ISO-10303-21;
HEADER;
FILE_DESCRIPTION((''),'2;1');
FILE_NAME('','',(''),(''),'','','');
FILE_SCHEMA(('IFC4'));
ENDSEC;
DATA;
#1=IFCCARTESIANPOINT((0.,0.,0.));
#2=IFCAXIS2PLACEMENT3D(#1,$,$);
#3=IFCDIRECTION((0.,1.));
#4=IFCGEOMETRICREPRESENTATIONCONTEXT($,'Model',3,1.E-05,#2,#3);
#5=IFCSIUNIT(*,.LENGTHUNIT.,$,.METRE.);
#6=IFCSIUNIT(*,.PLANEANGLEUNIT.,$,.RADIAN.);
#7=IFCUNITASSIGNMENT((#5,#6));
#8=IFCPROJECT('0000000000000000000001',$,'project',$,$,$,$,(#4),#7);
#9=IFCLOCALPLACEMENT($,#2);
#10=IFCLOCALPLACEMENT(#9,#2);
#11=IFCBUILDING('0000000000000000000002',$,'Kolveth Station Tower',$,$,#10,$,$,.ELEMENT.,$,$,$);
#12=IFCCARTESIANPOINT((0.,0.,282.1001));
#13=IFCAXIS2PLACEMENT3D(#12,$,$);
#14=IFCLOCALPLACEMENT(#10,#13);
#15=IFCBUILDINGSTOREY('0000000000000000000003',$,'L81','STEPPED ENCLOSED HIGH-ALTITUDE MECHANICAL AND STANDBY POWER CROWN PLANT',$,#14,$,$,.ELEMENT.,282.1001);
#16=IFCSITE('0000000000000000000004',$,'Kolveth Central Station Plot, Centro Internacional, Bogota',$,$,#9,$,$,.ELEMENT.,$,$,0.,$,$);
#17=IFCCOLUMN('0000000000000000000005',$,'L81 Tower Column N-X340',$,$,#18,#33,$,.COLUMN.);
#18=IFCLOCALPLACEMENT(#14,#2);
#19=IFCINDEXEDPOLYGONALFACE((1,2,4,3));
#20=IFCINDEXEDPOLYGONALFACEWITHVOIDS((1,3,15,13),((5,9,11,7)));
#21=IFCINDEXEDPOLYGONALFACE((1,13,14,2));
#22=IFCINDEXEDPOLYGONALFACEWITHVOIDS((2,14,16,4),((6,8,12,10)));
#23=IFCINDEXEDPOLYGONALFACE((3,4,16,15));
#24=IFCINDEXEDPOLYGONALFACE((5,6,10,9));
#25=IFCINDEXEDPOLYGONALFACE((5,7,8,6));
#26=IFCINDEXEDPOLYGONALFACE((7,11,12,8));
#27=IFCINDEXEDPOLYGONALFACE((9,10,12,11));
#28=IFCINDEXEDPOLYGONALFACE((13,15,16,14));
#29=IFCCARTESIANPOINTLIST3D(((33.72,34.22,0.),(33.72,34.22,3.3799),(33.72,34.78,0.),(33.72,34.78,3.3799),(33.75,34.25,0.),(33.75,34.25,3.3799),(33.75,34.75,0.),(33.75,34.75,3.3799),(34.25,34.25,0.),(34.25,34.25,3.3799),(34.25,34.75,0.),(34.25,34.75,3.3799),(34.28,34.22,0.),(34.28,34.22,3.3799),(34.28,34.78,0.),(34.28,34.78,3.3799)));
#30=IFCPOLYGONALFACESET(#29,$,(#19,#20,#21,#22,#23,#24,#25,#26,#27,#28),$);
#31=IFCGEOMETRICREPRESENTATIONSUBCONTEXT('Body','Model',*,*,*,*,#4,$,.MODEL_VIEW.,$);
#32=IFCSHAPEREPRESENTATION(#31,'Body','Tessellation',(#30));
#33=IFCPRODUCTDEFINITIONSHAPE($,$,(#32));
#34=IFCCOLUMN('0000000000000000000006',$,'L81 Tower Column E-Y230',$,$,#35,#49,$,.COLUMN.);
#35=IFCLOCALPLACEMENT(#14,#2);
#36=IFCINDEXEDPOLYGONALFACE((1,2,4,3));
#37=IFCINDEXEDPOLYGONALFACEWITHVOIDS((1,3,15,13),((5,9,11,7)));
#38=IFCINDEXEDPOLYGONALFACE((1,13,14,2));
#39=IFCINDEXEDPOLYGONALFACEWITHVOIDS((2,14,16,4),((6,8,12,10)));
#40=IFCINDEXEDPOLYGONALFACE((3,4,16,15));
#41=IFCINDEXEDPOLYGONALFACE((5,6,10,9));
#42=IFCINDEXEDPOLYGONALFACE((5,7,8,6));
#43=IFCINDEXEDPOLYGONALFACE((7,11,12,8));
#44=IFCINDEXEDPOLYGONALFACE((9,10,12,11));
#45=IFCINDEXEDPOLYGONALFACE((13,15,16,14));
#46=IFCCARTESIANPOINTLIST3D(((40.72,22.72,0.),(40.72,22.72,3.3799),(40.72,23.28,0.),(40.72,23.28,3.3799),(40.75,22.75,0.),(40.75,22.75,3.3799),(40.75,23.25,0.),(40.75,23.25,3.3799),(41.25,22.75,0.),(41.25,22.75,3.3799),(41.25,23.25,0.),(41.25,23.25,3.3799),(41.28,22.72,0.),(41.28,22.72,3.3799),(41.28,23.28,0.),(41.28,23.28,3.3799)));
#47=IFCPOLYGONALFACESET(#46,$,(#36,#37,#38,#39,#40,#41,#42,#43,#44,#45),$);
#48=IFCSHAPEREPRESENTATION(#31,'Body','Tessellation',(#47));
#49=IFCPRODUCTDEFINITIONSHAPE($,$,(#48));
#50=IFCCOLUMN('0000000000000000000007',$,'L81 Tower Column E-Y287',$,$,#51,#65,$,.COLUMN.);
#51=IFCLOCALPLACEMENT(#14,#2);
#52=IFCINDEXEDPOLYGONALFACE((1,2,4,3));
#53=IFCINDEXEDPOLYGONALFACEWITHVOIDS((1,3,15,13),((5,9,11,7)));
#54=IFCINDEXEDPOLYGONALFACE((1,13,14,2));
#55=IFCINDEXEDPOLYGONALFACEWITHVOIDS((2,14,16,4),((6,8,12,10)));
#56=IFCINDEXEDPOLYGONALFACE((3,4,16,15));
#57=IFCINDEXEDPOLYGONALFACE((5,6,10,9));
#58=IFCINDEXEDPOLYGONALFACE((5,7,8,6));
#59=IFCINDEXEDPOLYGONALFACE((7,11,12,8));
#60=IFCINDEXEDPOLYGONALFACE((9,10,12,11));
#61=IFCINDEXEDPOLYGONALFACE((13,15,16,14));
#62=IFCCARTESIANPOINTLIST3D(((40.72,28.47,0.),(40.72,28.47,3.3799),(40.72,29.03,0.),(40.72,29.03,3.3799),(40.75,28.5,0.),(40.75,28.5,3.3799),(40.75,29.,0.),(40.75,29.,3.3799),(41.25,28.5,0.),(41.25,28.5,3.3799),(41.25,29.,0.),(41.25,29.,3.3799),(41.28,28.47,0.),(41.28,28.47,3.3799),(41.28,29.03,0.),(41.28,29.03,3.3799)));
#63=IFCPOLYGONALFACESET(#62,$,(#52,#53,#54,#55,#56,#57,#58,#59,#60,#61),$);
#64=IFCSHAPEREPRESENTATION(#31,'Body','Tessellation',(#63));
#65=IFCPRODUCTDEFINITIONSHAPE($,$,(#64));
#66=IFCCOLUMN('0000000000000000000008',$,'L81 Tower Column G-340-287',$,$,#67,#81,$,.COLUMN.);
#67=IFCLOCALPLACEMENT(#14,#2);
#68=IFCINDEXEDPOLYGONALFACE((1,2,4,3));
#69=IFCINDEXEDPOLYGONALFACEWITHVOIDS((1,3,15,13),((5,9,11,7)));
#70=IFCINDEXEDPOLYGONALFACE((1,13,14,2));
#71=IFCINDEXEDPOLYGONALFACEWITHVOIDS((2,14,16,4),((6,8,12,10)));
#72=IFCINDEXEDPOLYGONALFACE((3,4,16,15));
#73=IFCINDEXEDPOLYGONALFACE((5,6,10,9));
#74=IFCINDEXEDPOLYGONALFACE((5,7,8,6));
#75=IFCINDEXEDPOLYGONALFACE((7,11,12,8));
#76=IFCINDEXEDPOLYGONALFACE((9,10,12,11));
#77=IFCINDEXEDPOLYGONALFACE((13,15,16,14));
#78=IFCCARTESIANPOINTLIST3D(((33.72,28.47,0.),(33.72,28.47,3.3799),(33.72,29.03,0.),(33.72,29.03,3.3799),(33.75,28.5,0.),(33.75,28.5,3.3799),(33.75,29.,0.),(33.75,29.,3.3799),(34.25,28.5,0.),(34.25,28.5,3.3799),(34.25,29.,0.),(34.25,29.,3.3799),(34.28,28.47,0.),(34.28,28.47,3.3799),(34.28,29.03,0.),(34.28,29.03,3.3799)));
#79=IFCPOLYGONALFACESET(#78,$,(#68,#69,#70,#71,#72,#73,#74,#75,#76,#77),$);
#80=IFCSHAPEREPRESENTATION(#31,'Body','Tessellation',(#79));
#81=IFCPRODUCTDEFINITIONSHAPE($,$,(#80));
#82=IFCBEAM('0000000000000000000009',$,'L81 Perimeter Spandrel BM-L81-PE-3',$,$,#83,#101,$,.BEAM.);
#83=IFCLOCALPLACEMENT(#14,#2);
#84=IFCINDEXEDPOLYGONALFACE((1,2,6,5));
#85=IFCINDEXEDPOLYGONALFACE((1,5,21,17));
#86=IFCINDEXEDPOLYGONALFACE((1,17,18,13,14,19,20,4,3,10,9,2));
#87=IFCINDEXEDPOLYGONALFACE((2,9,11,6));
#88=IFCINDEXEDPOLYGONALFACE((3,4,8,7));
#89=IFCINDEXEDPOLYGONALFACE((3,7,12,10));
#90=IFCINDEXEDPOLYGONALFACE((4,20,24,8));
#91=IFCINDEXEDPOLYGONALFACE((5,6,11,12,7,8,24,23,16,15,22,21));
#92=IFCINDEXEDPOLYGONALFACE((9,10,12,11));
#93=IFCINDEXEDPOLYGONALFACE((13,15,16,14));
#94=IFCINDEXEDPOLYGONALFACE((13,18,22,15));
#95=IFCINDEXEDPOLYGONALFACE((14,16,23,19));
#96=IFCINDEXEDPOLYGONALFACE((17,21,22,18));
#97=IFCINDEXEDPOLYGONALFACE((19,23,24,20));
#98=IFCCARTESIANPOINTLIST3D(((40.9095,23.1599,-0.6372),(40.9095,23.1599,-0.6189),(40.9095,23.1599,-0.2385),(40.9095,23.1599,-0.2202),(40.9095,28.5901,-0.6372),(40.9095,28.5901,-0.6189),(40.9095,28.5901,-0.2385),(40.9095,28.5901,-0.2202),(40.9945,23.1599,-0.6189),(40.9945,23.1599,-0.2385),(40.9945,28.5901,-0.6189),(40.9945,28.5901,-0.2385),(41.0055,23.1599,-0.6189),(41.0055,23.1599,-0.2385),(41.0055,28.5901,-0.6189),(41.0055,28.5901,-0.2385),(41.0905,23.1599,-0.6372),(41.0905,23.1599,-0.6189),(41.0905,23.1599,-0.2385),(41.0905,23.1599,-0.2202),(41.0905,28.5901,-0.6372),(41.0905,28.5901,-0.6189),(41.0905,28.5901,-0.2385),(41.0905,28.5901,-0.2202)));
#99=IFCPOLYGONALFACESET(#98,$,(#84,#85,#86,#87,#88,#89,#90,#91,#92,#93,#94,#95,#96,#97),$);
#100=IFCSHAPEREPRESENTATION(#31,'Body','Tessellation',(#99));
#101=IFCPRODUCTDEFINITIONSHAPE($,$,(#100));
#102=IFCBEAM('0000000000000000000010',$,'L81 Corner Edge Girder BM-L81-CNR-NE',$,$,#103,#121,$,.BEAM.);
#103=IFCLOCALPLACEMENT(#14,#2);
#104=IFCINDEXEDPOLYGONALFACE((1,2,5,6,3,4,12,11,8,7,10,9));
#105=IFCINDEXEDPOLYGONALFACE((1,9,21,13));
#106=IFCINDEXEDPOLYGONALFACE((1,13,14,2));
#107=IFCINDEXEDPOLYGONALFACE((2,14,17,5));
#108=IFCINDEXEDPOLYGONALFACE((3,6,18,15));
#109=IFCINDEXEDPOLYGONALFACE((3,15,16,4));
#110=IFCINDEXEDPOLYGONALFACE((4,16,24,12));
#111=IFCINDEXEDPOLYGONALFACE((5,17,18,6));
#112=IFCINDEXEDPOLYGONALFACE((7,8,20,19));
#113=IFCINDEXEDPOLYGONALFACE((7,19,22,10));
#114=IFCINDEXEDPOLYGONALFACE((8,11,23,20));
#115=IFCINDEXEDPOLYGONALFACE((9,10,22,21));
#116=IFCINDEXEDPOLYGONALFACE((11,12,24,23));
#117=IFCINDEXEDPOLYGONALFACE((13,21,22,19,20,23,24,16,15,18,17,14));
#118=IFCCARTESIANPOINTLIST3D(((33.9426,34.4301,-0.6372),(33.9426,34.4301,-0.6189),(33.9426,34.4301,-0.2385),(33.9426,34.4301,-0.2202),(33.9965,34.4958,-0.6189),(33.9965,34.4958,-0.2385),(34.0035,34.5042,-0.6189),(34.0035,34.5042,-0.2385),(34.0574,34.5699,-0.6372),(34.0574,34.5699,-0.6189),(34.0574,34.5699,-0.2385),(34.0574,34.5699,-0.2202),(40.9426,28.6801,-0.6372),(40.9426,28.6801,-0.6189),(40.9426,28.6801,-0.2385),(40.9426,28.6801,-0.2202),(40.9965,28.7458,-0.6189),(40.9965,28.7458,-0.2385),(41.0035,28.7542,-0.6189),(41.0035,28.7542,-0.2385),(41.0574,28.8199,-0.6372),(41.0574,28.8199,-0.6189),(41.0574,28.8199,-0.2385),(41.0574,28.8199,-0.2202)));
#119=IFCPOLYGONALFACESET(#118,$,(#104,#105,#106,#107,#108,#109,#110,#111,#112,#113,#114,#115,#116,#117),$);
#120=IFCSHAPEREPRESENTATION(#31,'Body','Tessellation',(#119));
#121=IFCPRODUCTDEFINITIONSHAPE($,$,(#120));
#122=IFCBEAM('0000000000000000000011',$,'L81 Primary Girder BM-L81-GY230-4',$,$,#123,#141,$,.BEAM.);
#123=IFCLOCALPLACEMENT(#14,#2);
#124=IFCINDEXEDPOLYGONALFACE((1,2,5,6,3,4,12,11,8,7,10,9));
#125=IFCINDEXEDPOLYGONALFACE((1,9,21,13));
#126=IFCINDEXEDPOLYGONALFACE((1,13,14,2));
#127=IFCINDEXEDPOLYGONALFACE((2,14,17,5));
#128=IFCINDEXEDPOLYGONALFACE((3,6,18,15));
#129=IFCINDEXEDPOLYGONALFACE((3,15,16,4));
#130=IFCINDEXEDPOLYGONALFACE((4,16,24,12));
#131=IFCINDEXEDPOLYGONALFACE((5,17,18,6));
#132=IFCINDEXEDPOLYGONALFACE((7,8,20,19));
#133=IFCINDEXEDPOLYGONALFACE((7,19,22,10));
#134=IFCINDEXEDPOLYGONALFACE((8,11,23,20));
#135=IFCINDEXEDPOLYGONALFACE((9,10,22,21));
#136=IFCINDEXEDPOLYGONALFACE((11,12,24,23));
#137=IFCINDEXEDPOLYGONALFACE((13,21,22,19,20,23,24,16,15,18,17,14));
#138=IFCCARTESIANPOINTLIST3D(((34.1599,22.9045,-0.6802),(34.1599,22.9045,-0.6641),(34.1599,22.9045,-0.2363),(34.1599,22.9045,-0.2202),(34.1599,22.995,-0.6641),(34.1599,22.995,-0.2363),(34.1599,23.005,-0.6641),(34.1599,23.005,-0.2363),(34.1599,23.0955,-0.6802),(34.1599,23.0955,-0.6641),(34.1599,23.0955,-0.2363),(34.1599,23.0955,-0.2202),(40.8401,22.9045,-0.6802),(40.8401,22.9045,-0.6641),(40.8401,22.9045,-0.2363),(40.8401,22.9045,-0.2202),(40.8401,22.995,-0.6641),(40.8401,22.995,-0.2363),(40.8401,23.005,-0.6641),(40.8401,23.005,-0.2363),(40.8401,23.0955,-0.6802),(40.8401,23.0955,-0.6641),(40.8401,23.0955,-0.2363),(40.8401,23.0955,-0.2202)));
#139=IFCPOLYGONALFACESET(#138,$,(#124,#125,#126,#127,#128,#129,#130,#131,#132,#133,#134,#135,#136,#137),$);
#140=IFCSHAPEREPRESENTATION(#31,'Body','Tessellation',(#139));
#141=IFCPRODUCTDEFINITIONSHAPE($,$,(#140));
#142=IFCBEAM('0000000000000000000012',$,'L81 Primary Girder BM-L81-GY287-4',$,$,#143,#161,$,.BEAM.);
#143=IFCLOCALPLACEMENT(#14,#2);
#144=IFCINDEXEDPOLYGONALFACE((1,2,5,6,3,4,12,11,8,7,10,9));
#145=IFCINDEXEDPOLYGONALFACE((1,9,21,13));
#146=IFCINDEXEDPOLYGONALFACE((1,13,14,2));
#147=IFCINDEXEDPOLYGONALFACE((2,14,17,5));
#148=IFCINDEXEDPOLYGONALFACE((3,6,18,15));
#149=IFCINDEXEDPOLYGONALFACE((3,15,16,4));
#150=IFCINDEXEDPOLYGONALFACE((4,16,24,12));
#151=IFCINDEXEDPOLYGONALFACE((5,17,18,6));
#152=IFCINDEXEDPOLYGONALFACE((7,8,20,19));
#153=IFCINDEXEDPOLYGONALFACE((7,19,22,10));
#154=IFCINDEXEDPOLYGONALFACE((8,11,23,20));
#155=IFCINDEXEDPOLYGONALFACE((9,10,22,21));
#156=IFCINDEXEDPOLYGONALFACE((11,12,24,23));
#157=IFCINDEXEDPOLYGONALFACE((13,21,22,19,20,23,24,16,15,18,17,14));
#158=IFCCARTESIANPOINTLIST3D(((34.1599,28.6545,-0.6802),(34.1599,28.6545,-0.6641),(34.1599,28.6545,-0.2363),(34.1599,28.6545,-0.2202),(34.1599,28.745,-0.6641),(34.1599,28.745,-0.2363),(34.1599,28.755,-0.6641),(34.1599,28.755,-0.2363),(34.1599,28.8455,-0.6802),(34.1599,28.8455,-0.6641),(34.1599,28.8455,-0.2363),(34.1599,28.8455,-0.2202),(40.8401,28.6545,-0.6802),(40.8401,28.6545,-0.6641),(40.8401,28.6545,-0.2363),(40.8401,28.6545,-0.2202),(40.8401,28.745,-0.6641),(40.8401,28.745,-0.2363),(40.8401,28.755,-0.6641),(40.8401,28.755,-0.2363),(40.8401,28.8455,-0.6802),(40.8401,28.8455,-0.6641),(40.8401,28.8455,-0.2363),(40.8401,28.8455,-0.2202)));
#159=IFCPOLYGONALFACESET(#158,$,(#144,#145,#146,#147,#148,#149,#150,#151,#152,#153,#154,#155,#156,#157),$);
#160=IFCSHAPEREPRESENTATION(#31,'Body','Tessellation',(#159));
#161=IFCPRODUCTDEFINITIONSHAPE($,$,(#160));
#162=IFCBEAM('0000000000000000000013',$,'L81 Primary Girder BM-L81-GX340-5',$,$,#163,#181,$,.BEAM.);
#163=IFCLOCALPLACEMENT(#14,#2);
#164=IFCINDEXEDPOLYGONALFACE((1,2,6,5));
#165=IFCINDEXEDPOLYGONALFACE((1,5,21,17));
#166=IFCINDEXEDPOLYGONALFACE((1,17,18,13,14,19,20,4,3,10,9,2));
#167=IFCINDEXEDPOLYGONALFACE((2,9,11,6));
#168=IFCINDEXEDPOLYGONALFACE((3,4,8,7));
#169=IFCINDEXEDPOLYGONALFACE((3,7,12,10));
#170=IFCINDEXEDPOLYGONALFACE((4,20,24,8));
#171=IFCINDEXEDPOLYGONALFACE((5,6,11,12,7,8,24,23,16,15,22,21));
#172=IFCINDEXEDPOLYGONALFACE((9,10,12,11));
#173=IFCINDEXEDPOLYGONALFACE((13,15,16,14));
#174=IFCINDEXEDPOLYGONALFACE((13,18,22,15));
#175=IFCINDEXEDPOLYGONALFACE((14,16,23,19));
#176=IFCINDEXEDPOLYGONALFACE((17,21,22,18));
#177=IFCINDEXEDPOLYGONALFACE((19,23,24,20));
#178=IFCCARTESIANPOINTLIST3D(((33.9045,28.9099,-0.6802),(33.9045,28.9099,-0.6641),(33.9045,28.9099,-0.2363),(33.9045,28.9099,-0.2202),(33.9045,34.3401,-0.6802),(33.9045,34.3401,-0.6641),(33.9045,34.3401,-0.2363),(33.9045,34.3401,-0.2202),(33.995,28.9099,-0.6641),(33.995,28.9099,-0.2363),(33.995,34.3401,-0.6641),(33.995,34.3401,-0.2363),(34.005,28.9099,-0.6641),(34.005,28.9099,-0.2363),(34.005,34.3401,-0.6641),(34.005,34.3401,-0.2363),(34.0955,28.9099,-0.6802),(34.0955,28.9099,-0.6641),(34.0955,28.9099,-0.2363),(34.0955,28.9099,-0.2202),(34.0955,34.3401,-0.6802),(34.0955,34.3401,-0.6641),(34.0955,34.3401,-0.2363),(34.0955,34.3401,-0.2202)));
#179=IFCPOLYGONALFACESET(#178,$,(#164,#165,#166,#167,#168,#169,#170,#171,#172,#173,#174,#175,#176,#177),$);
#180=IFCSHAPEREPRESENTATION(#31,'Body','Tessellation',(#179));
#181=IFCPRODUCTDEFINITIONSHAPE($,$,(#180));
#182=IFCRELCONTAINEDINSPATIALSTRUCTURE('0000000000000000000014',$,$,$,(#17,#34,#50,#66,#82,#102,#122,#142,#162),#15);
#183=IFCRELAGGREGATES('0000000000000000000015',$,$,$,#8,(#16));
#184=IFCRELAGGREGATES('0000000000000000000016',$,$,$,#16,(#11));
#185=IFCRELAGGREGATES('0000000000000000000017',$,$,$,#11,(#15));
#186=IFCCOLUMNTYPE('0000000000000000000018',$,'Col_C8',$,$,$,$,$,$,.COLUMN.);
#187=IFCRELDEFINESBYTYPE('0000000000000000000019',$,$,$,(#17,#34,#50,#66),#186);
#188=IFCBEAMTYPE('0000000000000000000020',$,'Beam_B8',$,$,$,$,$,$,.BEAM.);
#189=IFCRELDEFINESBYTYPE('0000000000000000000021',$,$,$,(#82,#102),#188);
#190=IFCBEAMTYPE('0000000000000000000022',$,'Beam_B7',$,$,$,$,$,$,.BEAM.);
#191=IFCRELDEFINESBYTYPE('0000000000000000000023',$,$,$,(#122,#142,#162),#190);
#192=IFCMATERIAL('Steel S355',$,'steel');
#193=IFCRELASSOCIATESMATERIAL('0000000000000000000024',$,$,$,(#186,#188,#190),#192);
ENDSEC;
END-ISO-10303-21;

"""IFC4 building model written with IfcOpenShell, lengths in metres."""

from ifc_helpers import new_model, si_unit, direction, frame, origin, origin_2d, place, context, subcontext, project, spatial, hollow_rectangle, i_section, extrude, source, transform, mapped, material, material_profile, profile_set, type_object, element, save


model = new_model("IFC4")

# Units and contexts
model_context = context("Model", 3, precision=1e-05, world=origin(), true_north=direction((0.0, 1.0)))
body_context = subcontext(model_context, "Body", "Model", "MODEL_VIEW")
ifc_project = project(units=[si_unit("LENGTHUNIT", "METRE"), si_unit("PLANEANGLEUNIT", "RADIAN")], contexts=[model_context])

# Site, building, storey
site_placement = place(None, origin())
site = spatial("IfcSite", under=ifc_project, at=site_placement, Name="Kolveth Central Station Plot, Centro Internacional, Bogota", CompositionType="ELEMENT", RefElevation=0.0)
building_placement = place(site_placement, origin())
building = spatial("IfcBuilding", under=site, at=building_placement, Name="Kolveth Station Tower", CompositionType="ELEMENT")
storey_placement = place(building_placement, frame((0.0, 0.0, 282.1001)))
storey = spatial("IfcBuildingStorey", under=building, at=storey_placement, Name="L81", Description="STEPPED ENCLOSED HIGH-ALTITUDE MECHANICAL AND STANDBY POWER CROWN PLANT", CompositionType="ELEMENT", Elevation=282.1001)

# Columns
ifc_material_1 = material(Name="Steel S355", Category="steel")
ifc_material_profile_1 = material_profile(ifc_material_1, hollow_rectangle(XDim=0.5601, YDim=0.5601, WallThickness=0.03, at=origin_2d()), Name="BOX560x560x30")
ifc_profile_set_1 = profile_set([ifc_material_profile_1], Name="Steel S355")
column_type = type_object("IfcColumnType", Name="Col_C8", PredefinedType="COLUMN", material=ifc_profile_set_1)
shared_shape_1 = source(origin(), body_context, "Body", "SweptSolid", [
    extrude(hollow_rectangle(XDim=0.5601, YDim=0.5601, WallThickness=0.03, at=origin_2d()), origin(), (0.0, 0.0, 1.0), 3.3799),
])
for number, where, z_axis, x_axis, name in (
    (1, (34.0, 34.5, 0.0), (0.0, 0.0, 1.0), (1.0, 0.0, 0.0), "L81 Tower Column N-X340"),
    (2, (41.0, 23.0, 0.0), (0.0, 0.0, 1.0), (1.0, 0.0, 0.0), "L81 Tower Column E-Y230"),
    (3, (41.0, 28.75, 0.0), (0.0, 0.0, 1.0), (1.0, 0.0, 0.0), "L81 Tower Column E-Y287"),
    (4, (34.0, 28.75, 0.0), (0.0, 0.0, 1.0), (1.0, 0.0, 0.0), "L81 Tower Column G-340-287"),
):
    element("IfcColumn", number, at=place(storey_placement, frame(where, z_axis=z_axis, x_axis=x_axis)), inside=storey, type_object=column_type, Name=name, PredefinedType="COLUMN", context=body_context, shape_type="MappedRepresentation", body=[
        mapped(shared_shape_1, transform((0.0, 0.0, 0.0), x_axis=(1.0, 0.0, 0.0), y_axis=(0.0, 1.0, 0.0), z_axis=(0.0, 0.0, 1.0), scale=1.0)),
    ])

# Beams
ifc_material_profile_2 = material_profile(ifc_material_1, i_section(OverallWidth=0.1809, OverallDepth=0.417, WebThickness=0.011, FlangeThickness=0.0183, at=origin_2d()), Name="W410x85")
ifc_profile_set_2 = profile_set([ifc_material_profile_2], Name="Steel S355")
beam_type_1 = type_object("IfcBeamType", Name="Beam_B8", PredefinedType="BEAM", material=ifc_profile_set_2)
shared_shape_2 = source(origin(), body_context, "Body", "SweptSolid", [
    extrude(i_section(OverallWidth=0.1809, OverallDepth=0.417, WebThickness=0.011, FlangeThickness=0.0183, at=origin_2d()), origin(), (0.0, 0.0, 1.0), 5.4302),
])
beam_1_placement = place(storey_placement, frame((41.0, 23.1599, -0.4287), z_axis=(0.0, 1.0, 0.0), x_axis=(-1.0, 0.0, 0.0)))
element("IfcBeam", 5, at=beam_1_placement, inside=storey, type_object=beam_type_1, Name="L81 Perimeter Spandrel BM-L81-PE-3", PredefinedType="BEAM", context=body_context, shape_type="MappedRepresentation", body=[
    mapped(shared_shape_2, transform((0.0, 0.0, 0.0), x_axis=(1.0, 0.0, 0.0), y_axis=(0.0, 1.0, 0.0), z_axis=(0.0, 0.0, 1.0), scale=1.0)),
])
shared_shape_3 = source(origin(), body_context, "Body", "SweptSolid", [
    extrude(i_section(OverallWidth=0.1809, OverallDepth=0.417, WebThickness=0.011, FlangeThickness=0.0183, at=origin_2d()), origin(), (0.0, 0.0, 1.0), 9.0588),
])
beam_2_placement = place(storey_placement, frame((41.0, 28.75, -0.4287), z_axis=(-0.772726, 0.634739, 0.0), x_axis=(-0.634739, -0.772726, 0.0)))
element("IfcBeam", 6, at=beam_2_placement, inside=storey, type_object=beam_type_1, Name="L81 Corner Edge Girder BM-L81-CNR-NE", PredefinedType="BEAM", context=body_context, shape_type="MappedRepresentation", body=[
    mapped(shared_shape_3, transform((0.0, 0.0, 0.0), x_axis=(1.0, 0.0, 0.0), y_axis=(0.0, 1.0, 0.0), z_axis=(0.0, 0.0, 1.0), scale=1.0)),
])
ifc_material_profile_3 = material_profile(ifc_material_1, i_section(OverallWidth=0.1909, OverallDepth=0.46, WebThickness=0.01, FlangeThickness=0.0161, at=origin_2d()), Name="W460x82")
ifc_profile_set_3 = profile_set([ifc_material_profile_3], Name="Steel S355")
beam_type_2 = type_object("IfcBeamType", Name="Beam_B7", PredefinedType="BEAM", material=ifc_profile_set_3)
shared_shape_4 = source(origin(), body_context, "Body", "SweptSolid", [
    extrude(i_section(OverallWidth=0.1909, OverallDepth=0.46, WebThickness=0.01, FlangeThickness=0.0161, at=origin_2d()), origin(), (0.0, 0.0, 1.0), 6.6802),
])
for number, where, z_axis, x_axis, name in (
    (7, (34.1599, 23.0, -0.4502), (1.0, 0.0, 0.0), (0.0, 1.0, 0.0), "L81 Primary Girder BM-L81-GY230-4"),
    (8, (34.1599, 28.75, -0.4502), (1.0, 0.0, 0.0), (0.0, 1.0, 0.0), "L81 Primary Girder BM-L81-GY287-4"),
):
    element("IfcBeam", number, at=place(storey_placement, frame(where, z_axis=z_axis, x_axis=x_axis)), inside=storey, type_object=beam_type_2, Name=name, PredefinedType="BEAM", context=body_context, shape_type="MappedRepresentation", body=[
        mapped(shared_shape_4, transform((0.0, 0.0, 0.0), x_axis=(1.0, 0.0, 0.0), y_axis=(0.0, 1.0, 0.0), z_axis=(0.0, 0.0, 1.0), scale=1.0)),
    ])
shared_shape_5 = source(origin(), body_context, "Body", "SweptSolid", [
    extrude(i_section(OverallWidth=0.1909, OverallDepth=0.46, WebThickness=0.01, FlangeThickness=0.0161, at=origin_2d()), origin(), (0.0, 0.0, 1.0), 5.4302),
])
beam_3_placement = place(storey_placement, frame((34.0, 28.9099, -0.4502), z_axis=(0.0, 1.0, 0.0), x_axis=(-1.0, 0.0, 0.0)))
element("IfcBeam", 9, at=beam_3_placement, inside=storey, type_object=beam_type_2, Name="L81 Primary Girder BM-L81-GX340-5", PredefinedType="BEAM", context=body_context, shape_type="MappedRepresentation", body=[
    mapped(shared_shape_5, transform((0.0, 0.0, 0.0), x_axis=(1.0, 0.0, 0.0), y_axis=(0.0, 1.0, 0.0), z_axis=(0.0, 0.0, 1.0), scale=1.0)),
])

save(model, "model.ifc")
